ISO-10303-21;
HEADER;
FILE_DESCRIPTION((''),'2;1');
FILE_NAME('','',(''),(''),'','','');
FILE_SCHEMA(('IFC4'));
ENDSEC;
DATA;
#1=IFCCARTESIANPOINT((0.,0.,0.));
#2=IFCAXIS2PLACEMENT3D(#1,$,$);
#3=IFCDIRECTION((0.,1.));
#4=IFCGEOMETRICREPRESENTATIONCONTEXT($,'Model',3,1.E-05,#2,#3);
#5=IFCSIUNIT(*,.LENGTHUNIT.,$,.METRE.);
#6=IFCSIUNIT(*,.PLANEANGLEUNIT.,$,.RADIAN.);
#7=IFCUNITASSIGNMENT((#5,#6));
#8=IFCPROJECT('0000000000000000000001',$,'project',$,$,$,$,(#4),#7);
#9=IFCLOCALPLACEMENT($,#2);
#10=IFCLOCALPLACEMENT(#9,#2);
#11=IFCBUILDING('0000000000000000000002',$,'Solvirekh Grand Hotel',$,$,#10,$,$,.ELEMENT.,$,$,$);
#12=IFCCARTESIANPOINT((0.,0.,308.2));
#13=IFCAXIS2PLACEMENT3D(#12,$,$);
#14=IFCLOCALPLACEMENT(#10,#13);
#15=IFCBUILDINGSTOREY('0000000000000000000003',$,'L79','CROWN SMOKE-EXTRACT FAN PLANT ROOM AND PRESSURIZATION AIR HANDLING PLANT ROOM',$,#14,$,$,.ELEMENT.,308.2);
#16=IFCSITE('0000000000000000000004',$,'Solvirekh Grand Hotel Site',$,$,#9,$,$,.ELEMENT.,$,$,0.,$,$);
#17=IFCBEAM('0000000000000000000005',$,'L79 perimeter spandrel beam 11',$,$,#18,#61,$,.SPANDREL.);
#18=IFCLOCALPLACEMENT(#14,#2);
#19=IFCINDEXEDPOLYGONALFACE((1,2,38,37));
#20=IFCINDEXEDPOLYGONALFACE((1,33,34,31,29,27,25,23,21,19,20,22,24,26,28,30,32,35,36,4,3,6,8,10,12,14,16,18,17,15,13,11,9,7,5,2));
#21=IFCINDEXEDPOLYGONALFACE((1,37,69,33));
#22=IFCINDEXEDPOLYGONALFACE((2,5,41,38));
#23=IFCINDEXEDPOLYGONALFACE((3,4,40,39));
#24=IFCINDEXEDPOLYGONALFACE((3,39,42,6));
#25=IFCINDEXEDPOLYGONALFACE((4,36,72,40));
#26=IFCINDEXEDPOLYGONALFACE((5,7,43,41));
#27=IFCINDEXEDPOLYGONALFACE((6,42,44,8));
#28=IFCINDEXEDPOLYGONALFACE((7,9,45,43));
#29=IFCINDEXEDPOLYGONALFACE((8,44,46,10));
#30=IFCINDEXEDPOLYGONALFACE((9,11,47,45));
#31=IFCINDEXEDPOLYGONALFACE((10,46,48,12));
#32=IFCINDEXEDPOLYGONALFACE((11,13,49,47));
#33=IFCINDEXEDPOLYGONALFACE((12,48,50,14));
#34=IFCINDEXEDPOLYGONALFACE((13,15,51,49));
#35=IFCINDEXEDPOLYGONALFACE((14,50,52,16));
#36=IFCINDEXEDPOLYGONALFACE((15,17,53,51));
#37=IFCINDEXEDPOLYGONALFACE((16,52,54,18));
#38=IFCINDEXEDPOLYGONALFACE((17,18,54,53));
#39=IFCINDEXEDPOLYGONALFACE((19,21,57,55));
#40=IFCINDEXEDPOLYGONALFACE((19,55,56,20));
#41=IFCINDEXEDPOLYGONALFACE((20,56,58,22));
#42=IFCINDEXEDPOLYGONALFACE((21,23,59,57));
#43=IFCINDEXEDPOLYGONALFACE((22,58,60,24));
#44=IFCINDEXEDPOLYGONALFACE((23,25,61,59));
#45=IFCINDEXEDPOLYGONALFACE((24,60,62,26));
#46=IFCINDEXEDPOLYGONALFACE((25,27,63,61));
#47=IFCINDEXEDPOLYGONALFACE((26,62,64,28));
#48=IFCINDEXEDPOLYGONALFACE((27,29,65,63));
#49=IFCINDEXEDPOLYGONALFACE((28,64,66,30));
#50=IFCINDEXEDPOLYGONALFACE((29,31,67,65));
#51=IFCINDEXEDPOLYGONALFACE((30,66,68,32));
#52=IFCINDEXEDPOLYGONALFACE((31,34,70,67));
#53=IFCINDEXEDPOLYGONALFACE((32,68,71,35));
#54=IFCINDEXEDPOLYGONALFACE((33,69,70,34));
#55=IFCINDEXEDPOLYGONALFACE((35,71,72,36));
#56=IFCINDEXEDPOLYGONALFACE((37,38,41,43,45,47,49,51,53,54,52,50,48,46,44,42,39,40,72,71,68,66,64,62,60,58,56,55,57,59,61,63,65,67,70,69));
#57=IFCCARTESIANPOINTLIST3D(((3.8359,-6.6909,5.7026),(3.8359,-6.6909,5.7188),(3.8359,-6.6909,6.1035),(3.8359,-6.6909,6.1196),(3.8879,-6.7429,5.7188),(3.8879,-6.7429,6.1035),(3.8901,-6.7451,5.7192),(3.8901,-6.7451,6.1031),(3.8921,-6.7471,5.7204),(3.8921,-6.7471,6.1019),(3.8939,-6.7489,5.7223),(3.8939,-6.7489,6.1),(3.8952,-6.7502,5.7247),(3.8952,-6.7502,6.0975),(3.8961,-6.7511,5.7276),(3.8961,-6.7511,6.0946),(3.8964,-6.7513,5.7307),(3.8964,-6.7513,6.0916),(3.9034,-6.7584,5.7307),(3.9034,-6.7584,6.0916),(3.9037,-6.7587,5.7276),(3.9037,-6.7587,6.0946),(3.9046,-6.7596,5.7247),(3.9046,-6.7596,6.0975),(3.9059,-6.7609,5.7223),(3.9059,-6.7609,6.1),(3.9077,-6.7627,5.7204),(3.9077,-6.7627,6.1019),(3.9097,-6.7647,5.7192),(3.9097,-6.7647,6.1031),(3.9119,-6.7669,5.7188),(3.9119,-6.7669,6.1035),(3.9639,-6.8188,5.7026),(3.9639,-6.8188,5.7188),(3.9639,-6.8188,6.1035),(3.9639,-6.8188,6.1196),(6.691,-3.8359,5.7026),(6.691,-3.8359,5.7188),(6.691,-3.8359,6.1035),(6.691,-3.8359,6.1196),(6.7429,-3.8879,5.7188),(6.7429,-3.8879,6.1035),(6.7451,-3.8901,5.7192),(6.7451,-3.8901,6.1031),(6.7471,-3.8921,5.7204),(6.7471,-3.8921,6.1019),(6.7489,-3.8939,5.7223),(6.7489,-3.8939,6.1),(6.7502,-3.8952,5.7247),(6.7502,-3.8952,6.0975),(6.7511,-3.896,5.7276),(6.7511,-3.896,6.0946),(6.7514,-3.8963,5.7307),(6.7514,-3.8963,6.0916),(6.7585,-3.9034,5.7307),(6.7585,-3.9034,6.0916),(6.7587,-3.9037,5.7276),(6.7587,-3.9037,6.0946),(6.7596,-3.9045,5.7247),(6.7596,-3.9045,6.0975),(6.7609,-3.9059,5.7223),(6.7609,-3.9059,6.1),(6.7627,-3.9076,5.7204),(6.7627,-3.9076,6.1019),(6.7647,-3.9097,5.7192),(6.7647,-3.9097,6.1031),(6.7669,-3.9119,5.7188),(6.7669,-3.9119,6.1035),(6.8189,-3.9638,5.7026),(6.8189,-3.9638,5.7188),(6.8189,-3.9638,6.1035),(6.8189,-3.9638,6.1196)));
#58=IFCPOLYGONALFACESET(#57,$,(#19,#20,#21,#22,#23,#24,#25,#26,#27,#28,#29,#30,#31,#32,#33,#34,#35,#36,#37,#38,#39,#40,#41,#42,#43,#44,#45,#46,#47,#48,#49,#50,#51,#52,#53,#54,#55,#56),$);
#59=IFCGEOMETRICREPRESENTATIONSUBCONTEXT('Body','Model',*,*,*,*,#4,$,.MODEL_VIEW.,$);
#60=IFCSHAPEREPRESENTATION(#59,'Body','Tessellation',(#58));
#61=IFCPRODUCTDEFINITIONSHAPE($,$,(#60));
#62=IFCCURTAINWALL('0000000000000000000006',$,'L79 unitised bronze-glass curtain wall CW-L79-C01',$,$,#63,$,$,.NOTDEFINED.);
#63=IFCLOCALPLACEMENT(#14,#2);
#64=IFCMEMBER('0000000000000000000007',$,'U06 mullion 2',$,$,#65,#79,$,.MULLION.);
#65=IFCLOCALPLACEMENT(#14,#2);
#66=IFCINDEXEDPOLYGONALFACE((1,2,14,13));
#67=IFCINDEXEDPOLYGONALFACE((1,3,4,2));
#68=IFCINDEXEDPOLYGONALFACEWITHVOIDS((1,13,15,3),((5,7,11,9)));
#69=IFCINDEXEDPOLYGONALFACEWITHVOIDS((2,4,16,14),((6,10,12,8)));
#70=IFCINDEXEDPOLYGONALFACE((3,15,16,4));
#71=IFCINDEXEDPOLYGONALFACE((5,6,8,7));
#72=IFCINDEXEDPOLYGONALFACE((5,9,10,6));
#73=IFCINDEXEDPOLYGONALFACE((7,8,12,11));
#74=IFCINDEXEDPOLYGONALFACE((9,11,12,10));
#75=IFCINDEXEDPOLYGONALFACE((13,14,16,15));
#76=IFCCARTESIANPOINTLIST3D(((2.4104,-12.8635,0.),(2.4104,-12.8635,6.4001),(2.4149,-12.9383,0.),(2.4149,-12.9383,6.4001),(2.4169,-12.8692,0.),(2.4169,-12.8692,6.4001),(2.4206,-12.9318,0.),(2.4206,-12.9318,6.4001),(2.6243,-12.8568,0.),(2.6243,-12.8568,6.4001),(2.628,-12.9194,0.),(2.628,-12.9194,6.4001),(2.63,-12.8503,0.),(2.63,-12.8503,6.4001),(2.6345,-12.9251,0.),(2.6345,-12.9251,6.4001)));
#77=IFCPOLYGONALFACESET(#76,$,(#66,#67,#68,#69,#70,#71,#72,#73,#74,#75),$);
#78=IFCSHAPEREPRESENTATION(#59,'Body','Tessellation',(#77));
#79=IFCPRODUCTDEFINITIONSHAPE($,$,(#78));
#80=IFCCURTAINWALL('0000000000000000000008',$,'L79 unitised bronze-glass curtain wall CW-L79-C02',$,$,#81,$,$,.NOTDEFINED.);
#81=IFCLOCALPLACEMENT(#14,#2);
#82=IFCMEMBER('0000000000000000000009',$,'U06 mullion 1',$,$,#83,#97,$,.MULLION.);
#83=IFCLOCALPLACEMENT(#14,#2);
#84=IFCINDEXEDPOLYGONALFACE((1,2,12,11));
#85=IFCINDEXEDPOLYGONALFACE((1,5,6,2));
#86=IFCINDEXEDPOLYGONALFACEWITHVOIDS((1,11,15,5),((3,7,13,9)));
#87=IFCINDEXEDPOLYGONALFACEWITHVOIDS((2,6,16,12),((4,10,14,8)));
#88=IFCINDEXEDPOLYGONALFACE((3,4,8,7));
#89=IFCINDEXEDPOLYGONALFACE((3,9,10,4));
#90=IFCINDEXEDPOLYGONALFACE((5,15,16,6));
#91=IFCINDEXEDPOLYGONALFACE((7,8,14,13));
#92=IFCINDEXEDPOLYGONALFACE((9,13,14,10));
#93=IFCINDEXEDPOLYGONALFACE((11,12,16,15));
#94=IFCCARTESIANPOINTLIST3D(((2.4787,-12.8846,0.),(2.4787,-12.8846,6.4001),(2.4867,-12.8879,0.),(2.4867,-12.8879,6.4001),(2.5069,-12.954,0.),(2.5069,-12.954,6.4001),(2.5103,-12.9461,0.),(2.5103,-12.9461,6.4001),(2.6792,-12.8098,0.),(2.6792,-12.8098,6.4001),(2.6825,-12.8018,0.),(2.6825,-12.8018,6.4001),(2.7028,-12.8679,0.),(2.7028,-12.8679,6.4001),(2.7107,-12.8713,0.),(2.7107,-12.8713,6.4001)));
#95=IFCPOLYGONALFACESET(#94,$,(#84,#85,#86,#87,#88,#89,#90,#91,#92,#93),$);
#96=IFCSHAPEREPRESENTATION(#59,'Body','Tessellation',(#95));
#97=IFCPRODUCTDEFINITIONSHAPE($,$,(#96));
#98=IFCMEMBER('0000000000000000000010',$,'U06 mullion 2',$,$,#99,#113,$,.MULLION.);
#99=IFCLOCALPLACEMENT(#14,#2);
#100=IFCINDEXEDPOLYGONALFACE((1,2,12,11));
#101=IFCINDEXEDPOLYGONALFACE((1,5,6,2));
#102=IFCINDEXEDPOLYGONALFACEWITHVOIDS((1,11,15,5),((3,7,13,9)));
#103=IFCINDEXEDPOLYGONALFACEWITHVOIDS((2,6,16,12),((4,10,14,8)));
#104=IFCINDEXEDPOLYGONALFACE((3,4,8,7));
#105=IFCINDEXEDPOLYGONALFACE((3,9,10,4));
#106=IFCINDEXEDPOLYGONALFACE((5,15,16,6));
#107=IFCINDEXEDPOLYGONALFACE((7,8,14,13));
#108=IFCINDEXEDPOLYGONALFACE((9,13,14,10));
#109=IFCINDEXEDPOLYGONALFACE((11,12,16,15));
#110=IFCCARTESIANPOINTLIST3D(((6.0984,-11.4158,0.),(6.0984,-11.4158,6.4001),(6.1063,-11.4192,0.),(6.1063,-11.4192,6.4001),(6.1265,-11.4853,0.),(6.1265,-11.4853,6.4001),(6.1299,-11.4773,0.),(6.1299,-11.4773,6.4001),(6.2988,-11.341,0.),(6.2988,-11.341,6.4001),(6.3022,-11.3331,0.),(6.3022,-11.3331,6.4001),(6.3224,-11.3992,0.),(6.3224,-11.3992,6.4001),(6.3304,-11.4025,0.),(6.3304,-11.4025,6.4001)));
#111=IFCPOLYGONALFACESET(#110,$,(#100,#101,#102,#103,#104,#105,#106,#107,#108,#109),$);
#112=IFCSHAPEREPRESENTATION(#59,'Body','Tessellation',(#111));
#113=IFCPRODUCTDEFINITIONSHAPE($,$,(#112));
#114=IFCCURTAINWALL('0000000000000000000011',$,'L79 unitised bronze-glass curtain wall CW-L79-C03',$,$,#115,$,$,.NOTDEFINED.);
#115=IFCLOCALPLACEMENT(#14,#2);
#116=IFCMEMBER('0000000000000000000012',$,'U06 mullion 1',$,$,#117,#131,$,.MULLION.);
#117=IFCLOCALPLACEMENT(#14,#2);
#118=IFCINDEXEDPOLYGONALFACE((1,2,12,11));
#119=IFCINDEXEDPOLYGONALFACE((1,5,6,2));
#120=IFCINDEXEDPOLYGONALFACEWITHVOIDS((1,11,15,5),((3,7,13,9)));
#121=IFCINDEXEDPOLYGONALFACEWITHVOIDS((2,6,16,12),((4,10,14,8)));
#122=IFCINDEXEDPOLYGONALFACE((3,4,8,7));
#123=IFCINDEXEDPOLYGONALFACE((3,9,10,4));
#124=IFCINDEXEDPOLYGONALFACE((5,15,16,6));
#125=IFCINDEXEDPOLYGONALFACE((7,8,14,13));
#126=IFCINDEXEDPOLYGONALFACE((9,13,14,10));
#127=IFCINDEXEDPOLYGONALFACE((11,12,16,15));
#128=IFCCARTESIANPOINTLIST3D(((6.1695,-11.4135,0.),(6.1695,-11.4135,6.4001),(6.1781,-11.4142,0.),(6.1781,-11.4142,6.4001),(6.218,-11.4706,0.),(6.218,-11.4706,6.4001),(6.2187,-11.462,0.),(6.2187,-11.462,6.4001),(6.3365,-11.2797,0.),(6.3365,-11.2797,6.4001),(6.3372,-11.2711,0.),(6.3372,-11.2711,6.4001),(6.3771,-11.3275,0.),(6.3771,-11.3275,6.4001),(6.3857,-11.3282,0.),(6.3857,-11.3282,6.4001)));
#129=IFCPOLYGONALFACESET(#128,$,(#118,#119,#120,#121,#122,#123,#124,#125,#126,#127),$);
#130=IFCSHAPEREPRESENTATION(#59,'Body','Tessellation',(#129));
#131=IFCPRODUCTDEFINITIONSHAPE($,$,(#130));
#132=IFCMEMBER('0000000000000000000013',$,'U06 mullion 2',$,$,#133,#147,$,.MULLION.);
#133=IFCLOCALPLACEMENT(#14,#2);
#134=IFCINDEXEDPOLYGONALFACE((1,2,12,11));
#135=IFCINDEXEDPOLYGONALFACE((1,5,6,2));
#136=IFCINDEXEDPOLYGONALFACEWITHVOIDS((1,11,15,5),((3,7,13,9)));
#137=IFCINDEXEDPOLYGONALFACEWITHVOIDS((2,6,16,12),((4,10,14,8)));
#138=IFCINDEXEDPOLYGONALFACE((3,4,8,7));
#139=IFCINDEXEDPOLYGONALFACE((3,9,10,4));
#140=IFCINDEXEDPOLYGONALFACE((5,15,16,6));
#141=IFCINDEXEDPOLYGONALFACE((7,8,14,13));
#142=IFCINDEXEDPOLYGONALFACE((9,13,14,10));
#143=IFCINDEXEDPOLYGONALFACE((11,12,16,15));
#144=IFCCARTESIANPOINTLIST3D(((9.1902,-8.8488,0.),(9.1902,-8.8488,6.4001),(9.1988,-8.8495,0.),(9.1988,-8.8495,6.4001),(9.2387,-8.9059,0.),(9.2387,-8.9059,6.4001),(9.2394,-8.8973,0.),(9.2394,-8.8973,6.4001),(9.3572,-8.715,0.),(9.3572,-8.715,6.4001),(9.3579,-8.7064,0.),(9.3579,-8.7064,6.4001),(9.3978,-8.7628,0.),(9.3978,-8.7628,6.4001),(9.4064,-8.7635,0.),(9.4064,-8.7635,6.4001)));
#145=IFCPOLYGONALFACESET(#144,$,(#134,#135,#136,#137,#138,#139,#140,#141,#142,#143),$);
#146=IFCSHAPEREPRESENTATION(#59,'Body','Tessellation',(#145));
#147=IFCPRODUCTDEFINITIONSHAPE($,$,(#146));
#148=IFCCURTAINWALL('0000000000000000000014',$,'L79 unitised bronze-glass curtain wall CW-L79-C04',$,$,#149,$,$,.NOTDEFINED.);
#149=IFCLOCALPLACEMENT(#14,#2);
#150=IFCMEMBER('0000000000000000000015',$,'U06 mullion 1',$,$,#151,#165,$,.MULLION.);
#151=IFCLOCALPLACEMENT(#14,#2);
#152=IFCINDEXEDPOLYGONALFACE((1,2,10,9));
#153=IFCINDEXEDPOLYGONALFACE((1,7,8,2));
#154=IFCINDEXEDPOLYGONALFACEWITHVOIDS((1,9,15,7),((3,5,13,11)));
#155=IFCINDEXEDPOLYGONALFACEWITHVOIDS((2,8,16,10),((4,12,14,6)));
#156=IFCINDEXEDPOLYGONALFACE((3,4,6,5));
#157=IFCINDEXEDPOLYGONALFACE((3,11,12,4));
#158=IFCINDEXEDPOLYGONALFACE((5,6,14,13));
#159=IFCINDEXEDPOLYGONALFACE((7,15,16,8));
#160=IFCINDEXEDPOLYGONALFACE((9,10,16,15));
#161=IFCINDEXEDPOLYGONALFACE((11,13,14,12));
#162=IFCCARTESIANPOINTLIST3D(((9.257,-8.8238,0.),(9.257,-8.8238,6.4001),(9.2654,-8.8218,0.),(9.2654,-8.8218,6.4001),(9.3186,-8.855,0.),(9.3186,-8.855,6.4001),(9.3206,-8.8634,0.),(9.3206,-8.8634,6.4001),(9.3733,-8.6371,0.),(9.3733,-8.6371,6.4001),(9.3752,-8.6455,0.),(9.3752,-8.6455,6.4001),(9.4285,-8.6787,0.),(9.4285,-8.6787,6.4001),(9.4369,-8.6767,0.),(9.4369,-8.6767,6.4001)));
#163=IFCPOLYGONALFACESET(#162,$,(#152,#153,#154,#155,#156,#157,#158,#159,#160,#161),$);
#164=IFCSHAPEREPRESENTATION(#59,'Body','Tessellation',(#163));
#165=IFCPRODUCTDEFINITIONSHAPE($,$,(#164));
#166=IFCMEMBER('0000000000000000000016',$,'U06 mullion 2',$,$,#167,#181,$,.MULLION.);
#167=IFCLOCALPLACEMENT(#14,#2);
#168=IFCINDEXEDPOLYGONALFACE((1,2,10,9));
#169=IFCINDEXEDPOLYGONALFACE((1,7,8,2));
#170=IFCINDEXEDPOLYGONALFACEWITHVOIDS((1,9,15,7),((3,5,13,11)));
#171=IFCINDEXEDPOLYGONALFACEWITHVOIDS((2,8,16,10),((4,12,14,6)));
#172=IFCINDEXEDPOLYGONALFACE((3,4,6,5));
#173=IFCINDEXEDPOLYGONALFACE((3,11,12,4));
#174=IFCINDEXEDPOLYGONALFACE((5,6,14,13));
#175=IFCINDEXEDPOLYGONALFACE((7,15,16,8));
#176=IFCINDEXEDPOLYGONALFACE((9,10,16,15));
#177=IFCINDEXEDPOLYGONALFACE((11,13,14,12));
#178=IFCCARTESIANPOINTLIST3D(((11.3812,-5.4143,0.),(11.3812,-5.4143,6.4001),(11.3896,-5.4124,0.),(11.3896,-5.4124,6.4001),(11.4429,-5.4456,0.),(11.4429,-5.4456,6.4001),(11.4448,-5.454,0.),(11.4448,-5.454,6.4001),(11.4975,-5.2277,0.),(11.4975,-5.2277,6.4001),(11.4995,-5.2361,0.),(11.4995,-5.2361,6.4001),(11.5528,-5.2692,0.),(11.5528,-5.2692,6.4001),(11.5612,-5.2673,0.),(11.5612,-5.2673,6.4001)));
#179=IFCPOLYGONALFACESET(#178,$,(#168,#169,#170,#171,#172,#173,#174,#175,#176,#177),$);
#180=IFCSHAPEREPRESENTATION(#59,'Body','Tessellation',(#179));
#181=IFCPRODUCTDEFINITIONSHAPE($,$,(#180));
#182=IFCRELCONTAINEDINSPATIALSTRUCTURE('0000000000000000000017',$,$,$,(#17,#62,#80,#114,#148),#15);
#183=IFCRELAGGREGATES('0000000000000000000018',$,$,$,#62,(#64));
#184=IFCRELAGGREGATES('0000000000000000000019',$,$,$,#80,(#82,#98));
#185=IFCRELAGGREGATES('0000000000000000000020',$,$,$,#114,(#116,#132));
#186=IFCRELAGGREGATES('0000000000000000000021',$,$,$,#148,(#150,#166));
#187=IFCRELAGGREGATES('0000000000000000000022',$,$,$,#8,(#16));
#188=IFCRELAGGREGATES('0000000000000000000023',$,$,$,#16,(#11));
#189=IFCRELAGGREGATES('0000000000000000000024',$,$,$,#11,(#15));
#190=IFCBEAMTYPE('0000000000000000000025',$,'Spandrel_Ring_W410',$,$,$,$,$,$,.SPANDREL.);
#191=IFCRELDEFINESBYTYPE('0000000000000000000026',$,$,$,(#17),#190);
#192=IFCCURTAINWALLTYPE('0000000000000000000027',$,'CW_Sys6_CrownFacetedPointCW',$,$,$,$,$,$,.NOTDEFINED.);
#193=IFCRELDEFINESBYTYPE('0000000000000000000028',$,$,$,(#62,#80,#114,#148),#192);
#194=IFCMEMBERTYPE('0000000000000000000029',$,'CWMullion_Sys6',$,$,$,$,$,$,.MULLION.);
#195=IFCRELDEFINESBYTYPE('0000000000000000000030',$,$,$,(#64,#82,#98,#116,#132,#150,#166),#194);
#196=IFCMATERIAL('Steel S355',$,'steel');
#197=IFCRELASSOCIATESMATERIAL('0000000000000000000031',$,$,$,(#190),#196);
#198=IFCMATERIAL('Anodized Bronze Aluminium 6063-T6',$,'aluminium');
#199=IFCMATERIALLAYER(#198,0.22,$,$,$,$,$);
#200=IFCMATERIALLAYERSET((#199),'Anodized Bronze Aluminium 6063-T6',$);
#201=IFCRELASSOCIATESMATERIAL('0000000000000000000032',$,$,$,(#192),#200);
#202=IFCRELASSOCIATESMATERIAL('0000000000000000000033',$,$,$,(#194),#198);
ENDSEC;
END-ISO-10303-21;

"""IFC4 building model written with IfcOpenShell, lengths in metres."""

from ifc_helpers import new_model, si_unit, direction, frame, origin, origin_2d, place, context, subcontext, project, spatial, hollow_rectangle, i_section, extrude, source, transform, mapped, material, layer, layer_set, material_profile, profile_set, type_object, element, aggregate, save


model = new_model("IFC4")

# Units and contexts
model_context = context("Model", 3, precision=1e-05, world=origin(), true_north=direction((0.0, 1.0)))
body_context = subcontext(model_context, "Body", "Model", "MODEL_VIEW")
ifc_project = project(units=[si_unit("LENGTHUNIT", "METRE"), si_unit("PLANEANGLEUNIT", "RADIAN")], contexts=[model_context])

# Site, building, storey
site_placement = place(None, origin())
site = spatial("IfcSite", under=ifc_project, at=site_placement, Name="Solvirekh Grand Hotel Site", CompositionType="ELEMENT", RefElevation=0.0)
building_placement = place(site_placement, origin())
building = spatial("IfcBuilding", under=site, at=building_placement, Name="Solvirekh Grand Hotel", CompositionType="ELEMENT")
storey_placement = place(building_placement, frame((0.0, 0.0, 308.2)))
storey = spatial("IfcBuildingStorey", under=building, at=storey_placement, Name="L79", Description="CROWN SMOKE-EXTRACT FAN PLANT ROOM AND PRESSURIZATION AIR HANDLING PLANT ROOM", CompositionType="ELEMENT", Elevation=308.2)

# Beam
ifc_material_1 = material(Name="Steel S355", Category="steel")
ifc_material_profile_1 = material_profile(ifc_material_1, i_section(OverallWidth=0.1809, OverallDepth=0.417, WebThickness=0.01, FlangeThickness=0.0161, FilletRadius=0.012, at=origin_2d()), Name="W410X85")
ifc_profile_set_1 = profile_set([ifc_material_profile_1], Name="Steel S355")
beam_type = type_object("IfcBeamType", Name="Spandrel_Ring_W410", PredefinedType="SPANDREL", material=ifc_profile_set_1)
for number, where, z_axis, x_axis, name in (
    (1, (3.8999, -6.7549, 5.9111), (0.707107, 0.707107, 0.0), (-0.707107, 0.707107, 0.0), "L79 perimeter spandrel beam 11"),
):
    element("IfcBeam", number, at=place(storey_placement, frame(where, z_axis=z_axis, x_axis=x_axis)), inside=storey, type_object=beam_type, Name=name, PredefinedType="SPANDREL", context=body_context, shape_type="SweptSolid", body=[
        extrude(i_section(OverallWidth=0.1809, OverallDepth=0.417, WebThickness=0.01, FlangeThickness=0.0161, FilletRadius=0.012, at=origin_2d()), origin(), (0.0, 0.0, 1.0), 4.0376),
    ])

# Curtain wall, member
ifc_material_2 = material(Name="Anodized Bronze Aluminium 6063-T6", Category="aluminium")
ifc_layer_1 = layer(ifc_material_2, 0.22)
ifc_layer_set_1 = layer_set([ifc_layer_1], Name="Anodized Bronze Aluminium 6063-T6")
curtain_wall_type = type_object("IfcCurtainWallType", Name="CW_Sys6_CrownFacetedPointCW", PredefinedType="NOTDEFINED", material=ifc_layer_set_1)
curtain_wall_1_placement = place(storey_placement, origin())
curtain_wall_1 = element("IfcCurtainWall", 2, at=curtain_wall_1_placement, inside=storey, type_object=curtain_wall_type, Name="L79 unitised bronze-glass curtain wall CW-L79-C01", PredefinedType="NOTDEFINED")
ifc_material_profile_2 = material_profile(ifc_material_2, hollow_rectangle(XDim=0.075, YDim=0.22, WallThickness=0.0061, at=origin_2d()), Name="ALU RHS 220X75X6")
ifc_profile_set_2 = profile_set([ifc_material_profile_2], Name="Anodized Bronze Aluminium 6063-T6")
member_type_1 = type_object("IfcMemberType", Name="CWMullion_Sys6", PredefinedType="MULLION", material=ifc_profile_set_2)
shared_shape_1 = source(origin(), body_context, "Body", "SweptSolid", [
    extrude(hollow_rectangle(XDim=0.075, YDim=0.22, WallThickness=0.0061, at=origin_2d()), origin(), (0.0, 0.0, 1.0), 6.4001),
])
member_1_placement = place(storey_placement, frame((2.5225, -12.8943, 0.0), z_axis=(0.0, 0.0, 1.0), x_axis=(-0.059791, 0.998211, 0.0)))
member_1 = element("IfcMember", 3, at=member_1_placement, type_object=member_type_1, Name="U06 mullion 2", PredefinedType="MULLION", context=body_context, shape_type="MappedRepresentation", body=[
    mapped(shared_shape_1, transform((0.0, 0.0, 0.0), x_axis=(1.0, 0.0, 0.0), y_axis=(0.0, 1.0, 0.0), z_axis=(0.0, 0.0, 1.0), scale=1.0)),
])

# Curtain walls, members
curtain_wall_2_placement = place(storey_placement, origin())
curtain_wall_2 = element("IfcCurtainWall", 4, at=curtain_wall_2_placement, inside=storey, type_object=curtain_wall_type, Name="L79 unitised bronze-glass curtain wall CW-L79-C02", PredefinedType="NOTDEFINED")
member_2_placement = place(storey_placement, frame((2.5947, -12.8779, 0.0), z_axis=(0.0, 0.0, 1.0), x_axis=(-0.37602, 0.926612, 0.0)))
member_2 = element("IfcMember", 5, at=member_2_placement, type_object=member_type_1, Name="U06 mullion 1", PredefinedType="MULLION", context=body_context, shape_type="MappedRepresentation", body=[
    mapped(shared_shape_1, transform((0.0, 0.0, 0.0), x_axis=(1.0, 0.0, 0.0), y_axis=(0.0, 1.0, 0.0), z_axis=(0.0, 0.0, 1.0), scale=1.0)),
])
member_3_placement = place(storey_placement, frame((6.2144, -11.4092, 0.0), z_axis=(0.0, 0.0, 1.0), x_axis=(-0.37602, 0.926612, 0.0)))
member_3 = element("IfcMember", 6, at=member_3_placement, type_object=member_type_1, Name="U06 mullion 2", PredefinedType="MULLION", context=body_context, shape_type="MappedRepresentation", body=[
    mapped(shared_shape_1, transform((0.0, 0.0, 0.0), x_axis=(1.0, 0.0, 0.0), y_axis=(0.0, 1.0, 0.0), z_axis=(0.0, 0.0, 1.0), scale=1.0)),
])
curtain_wall_3_placement = place(storey_placement, origin())
curtain_wall_3 = element("IfcCurtainWall", 7, at=curtain_wall_3_placement, inside=storey, type_object=curtain_wall_type, Name="L79 unitised bronze-glass curtain wall CW-L79-C03", PredefinedType="NOTDEFINED")
member_4_placement = place(storey_placement, frame((6.2776, -11.3708, 0.0), z_axis=(0.0, 0.0, 1.0), x_axis=(-0.647174, 0.762342, 0.0)))
member_4 = element("IfcMember", 8, at=member_4_placement, type_object=member_type_1, Name="U06 mullion 1", PredefinedType="MULLION", context=body_context, shape_type="MappedRepresentation", body=[
    mapped(shared_shape_1, transform((0.0, 0.0, 0.0), x_axis=(1.0, 0.0, 0.0), y_axis=(0.0, 1.0, 0.0), z_axis=(0.0, 0.0, 1.0), scale=1.0)),
])
member_5_placement = place(storey_placement, frame((9.2983, -8.8062, 0.0), z_axis=(0.0, 0.0, 1.0), x_axis=(-0.647174, 0.762342, 0.0)))
member_5 = element("IfcMember", 9, at=member_5_placement, type_object=member_type_1, Name="U06 mullion 2", PredefinedType="MULLION", context=body_context, shape_type="MappedRepresentation", body=[
    mapped(shared_shape_1, transform((0.0, 0.0, 0.0), x_axis=(1.0, 0.0, 0.0), y_axis=(0.0, 1.0, 0.0), z_axis=(0.0, 0.0, 1.0), scale=1.0)),
])
curtain_wall_4_placement = place(storey_placement, origin())
curtain_wall_4 = element("IfcCurtainWall", 10, at=curtain_wall_4_placement, inside=storey, type_object=curtain_wall_type, Name="L79 unitised bronze-glass curtain wall CW-L79-C04", PredefinedType="NOTDEFINED")
member_6_placement = place(storey_placement, frame((9.3469, -8.7502, 0.0), z_axis=(0.0, 0.0, 1.0), x_axis=(-0.848725, 0.528834, 0.0)))
member_6 = element("IfcMember", 11, at=member_6_placement, type_object=member_type_1, Name="U06 mullion 1", PredefinedType="MULLION", context=body_context, shape_type="MappedRepresentation", body=[
    mapped(shared_shape_1, transform((0.0, 0.0, 0.0), x_axis=(1.0, 0.0, 0.0), y_axis=(0.0, 1.0, 0.0), z_axis=(0.0, 0.0, 1.0), scale=1.0)),
])
member_7_placement = place(storey_placement, frame((11.4712, -5.3408, 0.0), z_axis=(0.0, 0.0, 1.0), x_axis=(-0.848725, 0.528834, 0.0)))
member_7 = element("IfcMember", 12, at=member_7_placement, type_object=member_type_1, Name="U06 mullion 2", PredefinedType="MULLION", context=body_context, shape_type="MappedRepresentation", body=[
    mapped(shared_shape_1, transform((0.0, 0.0, 0.0), x_axis=(1.0, 0.0, 0.0), y_axis=(0.0, 1.0, 0.0), z_axis=(0.0, 0.0, 1.0), scale=1.0)),
])

aggregate(curtain_wall_1, [member_1])
aggregate(curtain_wall_2, [member_2, member_3])
aggregate(curtain_wall_3, [member_4, member_5])
aggregate(curtain_wall_4, [member_6, member_7])

save(model, "model.ifc")
